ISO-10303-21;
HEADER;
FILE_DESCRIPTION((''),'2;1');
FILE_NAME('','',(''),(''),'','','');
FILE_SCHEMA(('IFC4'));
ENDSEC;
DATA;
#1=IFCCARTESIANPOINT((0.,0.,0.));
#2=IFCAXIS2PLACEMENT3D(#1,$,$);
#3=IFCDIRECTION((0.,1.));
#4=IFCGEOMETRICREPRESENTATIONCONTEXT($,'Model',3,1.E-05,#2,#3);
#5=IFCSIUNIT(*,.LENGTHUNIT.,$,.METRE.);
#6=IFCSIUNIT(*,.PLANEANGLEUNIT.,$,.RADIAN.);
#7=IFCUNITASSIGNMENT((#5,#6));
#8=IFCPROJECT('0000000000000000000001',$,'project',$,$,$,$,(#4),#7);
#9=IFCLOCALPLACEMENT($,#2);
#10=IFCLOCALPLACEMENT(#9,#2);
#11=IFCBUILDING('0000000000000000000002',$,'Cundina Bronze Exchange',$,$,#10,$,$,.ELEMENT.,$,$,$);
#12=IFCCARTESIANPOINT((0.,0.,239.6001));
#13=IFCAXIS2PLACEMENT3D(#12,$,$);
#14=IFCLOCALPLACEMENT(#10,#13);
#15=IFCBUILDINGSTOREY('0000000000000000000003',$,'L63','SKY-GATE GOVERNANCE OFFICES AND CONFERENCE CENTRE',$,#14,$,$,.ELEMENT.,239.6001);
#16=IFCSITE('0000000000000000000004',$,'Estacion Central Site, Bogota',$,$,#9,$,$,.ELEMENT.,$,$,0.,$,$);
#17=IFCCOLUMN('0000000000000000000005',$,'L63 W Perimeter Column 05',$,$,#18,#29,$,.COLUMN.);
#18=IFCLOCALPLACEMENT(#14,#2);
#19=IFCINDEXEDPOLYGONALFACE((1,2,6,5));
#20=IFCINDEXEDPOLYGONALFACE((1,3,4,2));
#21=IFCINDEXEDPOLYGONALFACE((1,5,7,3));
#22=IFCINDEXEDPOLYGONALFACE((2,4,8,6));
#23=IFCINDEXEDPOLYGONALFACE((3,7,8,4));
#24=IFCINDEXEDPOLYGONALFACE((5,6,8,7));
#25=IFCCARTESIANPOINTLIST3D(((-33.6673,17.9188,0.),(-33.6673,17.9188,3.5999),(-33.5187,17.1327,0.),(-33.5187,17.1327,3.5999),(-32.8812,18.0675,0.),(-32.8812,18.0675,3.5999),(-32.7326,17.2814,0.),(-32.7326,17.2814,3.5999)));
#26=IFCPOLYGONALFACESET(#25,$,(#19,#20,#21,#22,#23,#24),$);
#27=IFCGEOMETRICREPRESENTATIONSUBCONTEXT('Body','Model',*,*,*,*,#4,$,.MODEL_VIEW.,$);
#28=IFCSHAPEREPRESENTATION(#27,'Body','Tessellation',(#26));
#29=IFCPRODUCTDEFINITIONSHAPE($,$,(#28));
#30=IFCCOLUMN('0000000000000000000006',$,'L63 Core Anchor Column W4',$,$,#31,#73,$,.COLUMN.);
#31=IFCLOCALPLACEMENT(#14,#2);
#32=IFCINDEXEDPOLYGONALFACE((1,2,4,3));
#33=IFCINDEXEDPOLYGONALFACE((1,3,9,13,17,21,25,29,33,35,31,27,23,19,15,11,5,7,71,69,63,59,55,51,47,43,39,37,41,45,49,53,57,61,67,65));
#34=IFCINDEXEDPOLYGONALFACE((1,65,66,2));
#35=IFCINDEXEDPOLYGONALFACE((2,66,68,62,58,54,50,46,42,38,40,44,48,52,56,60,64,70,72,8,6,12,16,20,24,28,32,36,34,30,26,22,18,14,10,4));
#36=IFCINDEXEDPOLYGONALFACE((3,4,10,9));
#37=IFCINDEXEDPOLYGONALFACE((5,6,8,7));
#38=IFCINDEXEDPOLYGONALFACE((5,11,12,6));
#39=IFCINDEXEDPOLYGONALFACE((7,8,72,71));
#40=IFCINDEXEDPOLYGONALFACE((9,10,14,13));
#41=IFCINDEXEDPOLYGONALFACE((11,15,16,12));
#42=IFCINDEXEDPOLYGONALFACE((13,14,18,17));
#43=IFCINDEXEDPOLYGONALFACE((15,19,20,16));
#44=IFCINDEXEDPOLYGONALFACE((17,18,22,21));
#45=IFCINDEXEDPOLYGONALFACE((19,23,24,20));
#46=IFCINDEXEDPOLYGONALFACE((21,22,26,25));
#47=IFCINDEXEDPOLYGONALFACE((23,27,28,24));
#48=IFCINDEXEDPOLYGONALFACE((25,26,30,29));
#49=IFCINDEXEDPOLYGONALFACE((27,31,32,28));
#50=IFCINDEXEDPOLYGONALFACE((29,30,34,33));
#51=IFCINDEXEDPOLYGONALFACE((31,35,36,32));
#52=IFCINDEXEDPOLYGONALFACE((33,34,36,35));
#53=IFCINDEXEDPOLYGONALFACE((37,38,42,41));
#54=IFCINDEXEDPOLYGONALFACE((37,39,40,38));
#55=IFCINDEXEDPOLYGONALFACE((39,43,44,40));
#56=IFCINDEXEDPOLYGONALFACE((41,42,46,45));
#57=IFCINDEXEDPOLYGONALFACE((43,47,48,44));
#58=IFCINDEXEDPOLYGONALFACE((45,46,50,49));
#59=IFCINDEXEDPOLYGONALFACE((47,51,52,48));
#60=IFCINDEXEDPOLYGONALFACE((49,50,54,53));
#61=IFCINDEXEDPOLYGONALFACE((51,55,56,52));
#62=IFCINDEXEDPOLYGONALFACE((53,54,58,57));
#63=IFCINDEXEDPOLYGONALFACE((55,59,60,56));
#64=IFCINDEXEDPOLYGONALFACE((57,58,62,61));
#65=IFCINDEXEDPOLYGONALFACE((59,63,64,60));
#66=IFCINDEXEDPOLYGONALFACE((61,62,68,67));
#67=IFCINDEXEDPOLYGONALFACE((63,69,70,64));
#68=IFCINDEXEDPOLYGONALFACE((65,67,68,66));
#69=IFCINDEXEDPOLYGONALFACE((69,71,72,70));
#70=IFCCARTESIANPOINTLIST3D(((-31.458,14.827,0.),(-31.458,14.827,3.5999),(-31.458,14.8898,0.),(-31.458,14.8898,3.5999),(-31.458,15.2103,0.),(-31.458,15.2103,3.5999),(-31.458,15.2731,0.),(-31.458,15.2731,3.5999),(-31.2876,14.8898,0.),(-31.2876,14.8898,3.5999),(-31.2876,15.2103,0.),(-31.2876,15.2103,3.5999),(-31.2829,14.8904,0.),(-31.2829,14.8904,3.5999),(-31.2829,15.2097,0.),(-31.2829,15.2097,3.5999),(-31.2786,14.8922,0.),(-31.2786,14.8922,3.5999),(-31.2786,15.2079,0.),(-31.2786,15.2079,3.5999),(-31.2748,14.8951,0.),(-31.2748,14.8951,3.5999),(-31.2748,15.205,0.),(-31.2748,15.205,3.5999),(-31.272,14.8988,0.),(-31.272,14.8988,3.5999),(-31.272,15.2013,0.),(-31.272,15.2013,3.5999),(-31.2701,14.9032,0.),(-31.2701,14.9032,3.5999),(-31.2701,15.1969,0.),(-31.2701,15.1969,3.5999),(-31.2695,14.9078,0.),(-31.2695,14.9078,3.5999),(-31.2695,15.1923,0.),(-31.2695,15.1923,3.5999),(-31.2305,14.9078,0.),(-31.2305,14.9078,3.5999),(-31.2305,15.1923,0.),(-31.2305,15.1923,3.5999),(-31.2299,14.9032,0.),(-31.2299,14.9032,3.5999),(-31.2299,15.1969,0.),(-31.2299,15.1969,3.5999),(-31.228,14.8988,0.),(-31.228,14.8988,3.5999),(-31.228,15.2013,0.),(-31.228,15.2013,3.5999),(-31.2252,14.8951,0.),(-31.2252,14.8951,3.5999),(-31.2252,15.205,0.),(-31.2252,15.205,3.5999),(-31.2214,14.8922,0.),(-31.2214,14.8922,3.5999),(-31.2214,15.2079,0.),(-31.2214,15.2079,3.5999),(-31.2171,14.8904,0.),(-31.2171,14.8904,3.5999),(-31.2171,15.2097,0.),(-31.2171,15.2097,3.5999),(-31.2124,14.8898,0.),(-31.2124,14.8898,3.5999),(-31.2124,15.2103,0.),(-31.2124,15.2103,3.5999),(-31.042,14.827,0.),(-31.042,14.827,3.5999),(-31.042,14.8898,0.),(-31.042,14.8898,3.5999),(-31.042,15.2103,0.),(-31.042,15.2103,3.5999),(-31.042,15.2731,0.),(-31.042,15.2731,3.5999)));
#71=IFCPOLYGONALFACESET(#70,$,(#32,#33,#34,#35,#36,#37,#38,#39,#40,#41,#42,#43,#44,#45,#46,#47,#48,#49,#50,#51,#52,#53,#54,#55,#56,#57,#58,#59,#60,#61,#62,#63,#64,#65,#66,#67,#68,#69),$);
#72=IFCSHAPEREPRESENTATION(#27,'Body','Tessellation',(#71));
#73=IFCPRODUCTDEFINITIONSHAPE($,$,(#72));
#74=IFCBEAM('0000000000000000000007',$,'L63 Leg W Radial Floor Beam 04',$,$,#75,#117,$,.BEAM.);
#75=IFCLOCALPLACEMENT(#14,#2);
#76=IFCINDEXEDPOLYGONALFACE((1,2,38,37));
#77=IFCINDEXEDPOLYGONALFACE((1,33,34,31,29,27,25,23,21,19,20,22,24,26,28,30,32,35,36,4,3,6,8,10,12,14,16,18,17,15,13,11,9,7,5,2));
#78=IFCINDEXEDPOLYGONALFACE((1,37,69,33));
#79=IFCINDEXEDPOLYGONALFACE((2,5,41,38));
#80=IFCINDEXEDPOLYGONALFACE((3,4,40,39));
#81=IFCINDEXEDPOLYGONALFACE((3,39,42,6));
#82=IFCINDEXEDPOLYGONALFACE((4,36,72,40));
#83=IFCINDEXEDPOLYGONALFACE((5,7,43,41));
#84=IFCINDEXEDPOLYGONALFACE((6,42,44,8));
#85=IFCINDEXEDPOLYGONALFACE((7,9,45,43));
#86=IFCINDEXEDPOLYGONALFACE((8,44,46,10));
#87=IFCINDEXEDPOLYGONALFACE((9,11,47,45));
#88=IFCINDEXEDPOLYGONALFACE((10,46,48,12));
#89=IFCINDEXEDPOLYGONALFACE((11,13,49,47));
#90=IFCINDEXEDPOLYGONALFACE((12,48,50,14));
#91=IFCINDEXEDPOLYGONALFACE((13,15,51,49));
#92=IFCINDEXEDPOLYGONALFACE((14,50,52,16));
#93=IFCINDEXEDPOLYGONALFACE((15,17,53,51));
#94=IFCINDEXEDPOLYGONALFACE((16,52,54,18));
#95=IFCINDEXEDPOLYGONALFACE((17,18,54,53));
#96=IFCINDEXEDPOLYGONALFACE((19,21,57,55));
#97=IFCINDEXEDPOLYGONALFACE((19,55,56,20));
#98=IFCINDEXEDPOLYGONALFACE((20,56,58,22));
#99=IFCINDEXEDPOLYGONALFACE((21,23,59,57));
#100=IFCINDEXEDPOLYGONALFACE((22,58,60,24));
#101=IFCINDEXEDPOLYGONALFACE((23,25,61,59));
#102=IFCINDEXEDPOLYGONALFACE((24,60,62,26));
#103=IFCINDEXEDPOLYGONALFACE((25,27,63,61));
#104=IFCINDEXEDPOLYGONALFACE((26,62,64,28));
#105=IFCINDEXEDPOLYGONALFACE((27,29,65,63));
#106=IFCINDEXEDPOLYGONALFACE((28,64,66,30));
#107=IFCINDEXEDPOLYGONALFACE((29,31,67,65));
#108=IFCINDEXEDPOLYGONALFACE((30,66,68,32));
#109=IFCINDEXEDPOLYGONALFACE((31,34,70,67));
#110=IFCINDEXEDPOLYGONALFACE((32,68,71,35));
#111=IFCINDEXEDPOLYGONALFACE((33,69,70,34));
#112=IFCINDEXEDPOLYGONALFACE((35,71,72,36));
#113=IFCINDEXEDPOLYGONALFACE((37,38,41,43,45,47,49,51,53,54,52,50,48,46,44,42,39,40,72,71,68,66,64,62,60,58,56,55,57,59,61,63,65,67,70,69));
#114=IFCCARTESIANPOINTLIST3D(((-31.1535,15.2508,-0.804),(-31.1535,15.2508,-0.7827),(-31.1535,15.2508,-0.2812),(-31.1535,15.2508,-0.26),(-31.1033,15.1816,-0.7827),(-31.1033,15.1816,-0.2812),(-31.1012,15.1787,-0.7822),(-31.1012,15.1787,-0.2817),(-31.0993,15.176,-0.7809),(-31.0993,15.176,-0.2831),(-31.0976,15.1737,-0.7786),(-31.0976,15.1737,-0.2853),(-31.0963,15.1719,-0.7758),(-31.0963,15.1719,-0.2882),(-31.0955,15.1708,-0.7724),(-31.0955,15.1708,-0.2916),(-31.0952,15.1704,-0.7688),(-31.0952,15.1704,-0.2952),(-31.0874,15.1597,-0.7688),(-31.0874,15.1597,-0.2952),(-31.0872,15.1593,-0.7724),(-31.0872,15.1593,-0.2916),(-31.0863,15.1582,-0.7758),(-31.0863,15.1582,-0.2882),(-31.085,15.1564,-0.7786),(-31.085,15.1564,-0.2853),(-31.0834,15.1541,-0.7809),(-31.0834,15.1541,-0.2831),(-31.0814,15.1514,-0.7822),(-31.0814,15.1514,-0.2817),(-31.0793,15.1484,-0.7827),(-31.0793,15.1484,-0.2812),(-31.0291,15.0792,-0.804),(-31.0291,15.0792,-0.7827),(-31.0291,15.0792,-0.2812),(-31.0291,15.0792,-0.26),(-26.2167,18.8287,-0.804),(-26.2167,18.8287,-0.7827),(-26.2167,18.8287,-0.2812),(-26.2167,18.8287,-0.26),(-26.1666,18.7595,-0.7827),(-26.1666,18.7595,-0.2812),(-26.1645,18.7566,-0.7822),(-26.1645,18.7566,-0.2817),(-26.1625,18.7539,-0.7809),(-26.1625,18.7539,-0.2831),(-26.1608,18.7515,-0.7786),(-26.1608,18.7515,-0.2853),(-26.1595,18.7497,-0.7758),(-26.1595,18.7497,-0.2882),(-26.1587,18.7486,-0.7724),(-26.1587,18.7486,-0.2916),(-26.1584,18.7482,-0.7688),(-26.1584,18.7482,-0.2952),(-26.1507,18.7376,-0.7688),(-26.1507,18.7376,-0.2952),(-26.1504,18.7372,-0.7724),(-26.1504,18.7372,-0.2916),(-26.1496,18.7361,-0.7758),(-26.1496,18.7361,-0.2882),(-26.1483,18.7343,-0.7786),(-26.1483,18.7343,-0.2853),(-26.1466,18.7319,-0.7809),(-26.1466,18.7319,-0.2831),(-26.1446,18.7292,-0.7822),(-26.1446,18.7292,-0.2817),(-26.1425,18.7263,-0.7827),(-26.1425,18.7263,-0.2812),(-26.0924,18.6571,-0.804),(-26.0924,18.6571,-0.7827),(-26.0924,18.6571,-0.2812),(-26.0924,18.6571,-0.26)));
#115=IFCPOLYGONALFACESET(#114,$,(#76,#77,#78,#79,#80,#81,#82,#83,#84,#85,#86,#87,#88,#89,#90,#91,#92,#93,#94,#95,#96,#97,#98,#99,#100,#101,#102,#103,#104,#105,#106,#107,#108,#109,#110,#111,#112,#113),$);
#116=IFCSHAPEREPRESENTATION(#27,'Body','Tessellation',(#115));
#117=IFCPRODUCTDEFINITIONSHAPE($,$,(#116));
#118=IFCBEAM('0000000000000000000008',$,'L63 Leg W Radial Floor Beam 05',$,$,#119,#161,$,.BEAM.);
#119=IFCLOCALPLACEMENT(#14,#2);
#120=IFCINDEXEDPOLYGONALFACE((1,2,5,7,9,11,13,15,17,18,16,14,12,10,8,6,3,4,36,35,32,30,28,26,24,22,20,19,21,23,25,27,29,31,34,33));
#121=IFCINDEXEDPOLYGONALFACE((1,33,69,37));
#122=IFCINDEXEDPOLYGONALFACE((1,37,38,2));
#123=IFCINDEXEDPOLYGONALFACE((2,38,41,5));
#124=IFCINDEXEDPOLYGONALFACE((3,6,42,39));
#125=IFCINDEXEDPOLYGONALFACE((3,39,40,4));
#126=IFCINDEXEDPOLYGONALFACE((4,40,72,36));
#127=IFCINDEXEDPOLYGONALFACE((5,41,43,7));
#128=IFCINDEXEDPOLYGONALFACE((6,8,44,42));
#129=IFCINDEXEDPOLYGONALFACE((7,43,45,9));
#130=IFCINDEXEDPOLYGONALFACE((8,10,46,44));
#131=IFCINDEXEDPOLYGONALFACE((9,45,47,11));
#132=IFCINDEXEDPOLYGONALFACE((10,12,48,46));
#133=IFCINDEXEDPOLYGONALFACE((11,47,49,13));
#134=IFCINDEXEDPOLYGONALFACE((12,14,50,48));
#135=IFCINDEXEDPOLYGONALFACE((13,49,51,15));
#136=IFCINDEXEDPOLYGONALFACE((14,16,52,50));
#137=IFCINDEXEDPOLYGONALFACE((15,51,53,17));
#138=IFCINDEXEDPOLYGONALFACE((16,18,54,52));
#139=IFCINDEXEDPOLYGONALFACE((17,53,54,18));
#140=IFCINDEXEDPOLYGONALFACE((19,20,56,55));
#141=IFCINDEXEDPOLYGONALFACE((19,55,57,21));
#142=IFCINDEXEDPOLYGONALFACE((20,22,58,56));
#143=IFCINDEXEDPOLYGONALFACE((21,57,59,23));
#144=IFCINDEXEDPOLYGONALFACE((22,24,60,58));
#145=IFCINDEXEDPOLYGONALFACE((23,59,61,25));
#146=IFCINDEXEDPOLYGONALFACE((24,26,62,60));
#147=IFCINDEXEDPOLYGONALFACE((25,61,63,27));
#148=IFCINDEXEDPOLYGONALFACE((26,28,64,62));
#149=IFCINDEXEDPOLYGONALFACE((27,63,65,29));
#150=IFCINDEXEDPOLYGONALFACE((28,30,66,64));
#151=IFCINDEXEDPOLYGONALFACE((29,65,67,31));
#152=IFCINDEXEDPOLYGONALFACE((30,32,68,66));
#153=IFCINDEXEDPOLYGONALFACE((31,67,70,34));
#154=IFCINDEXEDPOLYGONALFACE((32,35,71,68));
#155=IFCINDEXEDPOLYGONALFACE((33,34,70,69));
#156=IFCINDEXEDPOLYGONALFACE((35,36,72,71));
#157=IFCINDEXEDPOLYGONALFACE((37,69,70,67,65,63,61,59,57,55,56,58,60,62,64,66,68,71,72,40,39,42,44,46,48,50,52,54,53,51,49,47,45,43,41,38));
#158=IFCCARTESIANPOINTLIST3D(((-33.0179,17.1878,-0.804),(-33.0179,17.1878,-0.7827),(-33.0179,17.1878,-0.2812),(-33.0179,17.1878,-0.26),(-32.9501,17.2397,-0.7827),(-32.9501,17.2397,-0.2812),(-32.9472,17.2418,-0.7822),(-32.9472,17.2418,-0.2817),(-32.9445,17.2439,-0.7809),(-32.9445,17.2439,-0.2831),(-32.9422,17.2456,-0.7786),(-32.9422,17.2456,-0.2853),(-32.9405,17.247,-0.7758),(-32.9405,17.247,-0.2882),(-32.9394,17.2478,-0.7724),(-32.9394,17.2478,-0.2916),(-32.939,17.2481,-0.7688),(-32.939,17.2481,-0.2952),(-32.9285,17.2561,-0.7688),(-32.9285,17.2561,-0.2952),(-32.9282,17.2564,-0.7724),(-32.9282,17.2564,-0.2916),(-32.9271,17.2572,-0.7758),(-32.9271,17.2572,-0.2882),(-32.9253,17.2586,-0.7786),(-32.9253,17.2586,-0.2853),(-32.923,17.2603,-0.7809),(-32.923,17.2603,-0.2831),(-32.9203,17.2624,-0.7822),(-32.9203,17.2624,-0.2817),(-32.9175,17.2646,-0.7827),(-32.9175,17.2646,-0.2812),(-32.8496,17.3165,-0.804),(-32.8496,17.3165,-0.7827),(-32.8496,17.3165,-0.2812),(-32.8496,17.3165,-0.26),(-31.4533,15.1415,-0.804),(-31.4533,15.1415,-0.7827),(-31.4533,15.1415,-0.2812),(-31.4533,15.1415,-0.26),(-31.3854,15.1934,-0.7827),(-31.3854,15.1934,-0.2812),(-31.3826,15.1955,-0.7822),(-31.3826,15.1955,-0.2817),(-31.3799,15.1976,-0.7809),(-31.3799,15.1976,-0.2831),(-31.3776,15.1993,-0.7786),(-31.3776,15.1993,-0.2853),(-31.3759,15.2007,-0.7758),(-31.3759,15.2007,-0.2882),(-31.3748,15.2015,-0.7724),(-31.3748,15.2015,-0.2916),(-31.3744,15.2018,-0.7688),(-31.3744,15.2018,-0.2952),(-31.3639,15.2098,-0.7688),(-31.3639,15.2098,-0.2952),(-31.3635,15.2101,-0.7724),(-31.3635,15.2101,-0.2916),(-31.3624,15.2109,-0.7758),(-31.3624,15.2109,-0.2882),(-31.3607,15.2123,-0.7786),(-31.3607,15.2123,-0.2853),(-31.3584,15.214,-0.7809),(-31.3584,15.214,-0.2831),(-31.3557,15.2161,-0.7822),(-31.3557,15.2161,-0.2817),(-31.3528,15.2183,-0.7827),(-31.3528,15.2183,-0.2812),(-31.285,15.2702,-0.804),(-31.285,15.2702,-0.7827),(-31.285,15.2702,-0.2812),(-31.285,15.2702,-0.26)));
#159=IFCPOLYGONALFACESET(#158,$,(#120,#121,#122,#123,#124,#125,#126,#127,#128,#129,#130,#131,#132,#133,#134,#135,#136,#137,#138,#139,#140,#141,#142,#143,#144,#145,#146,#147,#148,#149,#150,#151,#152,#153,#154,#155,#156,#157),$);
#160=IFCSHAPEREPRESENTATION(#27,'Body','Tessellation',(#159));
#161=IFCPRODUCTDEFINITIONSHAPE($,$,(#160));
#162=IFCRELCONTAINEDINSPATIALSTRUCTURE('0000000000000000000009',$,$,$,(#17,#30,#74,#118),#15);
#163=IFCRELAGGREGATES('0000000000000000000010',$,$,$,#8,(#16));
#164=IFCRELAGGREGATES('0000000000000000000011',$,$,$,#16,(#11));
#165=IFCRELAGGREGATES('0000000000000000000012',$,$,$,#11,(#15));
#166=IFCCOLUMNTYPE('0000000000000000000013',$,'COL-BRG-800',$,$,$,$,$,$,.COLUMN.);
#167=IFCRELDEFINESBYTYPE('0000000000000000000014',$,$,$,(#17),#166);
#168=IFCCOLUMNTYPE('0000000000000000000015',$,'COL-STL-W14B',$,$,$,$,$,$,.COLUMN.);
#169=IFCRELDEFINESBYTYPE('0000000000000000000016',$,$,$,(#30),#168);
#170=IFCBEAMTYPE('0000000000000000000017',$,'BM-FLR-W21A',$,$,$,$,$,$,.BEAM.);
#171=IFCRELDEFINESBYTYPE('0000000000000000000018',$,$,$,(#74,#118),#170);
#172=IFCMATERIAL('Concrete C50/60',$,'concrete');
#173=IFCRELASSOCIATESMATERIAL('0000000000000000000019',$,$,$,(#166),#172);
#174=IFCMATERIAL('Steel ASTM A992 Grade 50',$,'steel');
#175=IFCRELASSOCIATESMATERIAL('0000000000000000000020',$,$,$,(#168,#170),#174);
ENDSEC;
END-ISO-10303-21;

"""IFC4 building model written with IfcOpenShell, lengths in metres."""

from ifc_helpers import new_model, si_unit, direction, frame, origin, origin_2d, place, context, subcontext, project, spatial, rectangle, i_section, extrude, material, material_profile, profile_set, type_object, element, save


model = new_model("IFC4")

# Units and contexts
model_context = context("Model", 3, precision=1e-05, world=origin(), true_north=direction((0.0, 1.0)))
body_context = subcontext(model_context, "Body", "Model", "MODEL_VIEW")
ifc_project = project(units=[si_unit("LENGTHUNIT", "METRE"), si_unit("PLANEANGLEUNIT", "RADIAN")], contexts=[model_context])

# Site, building, storey
site_placement = place(None, origin())
site = spatial("IfcSite", under=ifc_project, at=site_placement, Name="Estacion Central Site, Bogota", CompositionType="ELEMENT", RefElevation=0.0)
building_placement = place(site_placement, origin())
building = spatial("IfcBuilding", under=site, at=building_placement, Name="Cundina Bronze Exchange", CompositionType="ELEMENT")
storey_placement = place(building_placement, frame((0.0, 0.0, 239.6001)))
storey = spatial("IfcBuildingStorey", under=building, at=storey_placement, Name="L63", Description="SKY-GATE GOVERNANCE OFFICES AND CONFERENCE CENTRE", CompositionType="ELEMENT", Elevation=239.6001)

# Columns
ifc_material_1 = material(Name="Concrete C50/60", Category="concrete")
ifc_material_profile_1 = material_profile(ifc_material_1, rectangle(XDim=0.8, YDim=0.8, at=origin_2d()), Name="RC800X800", Category="concrete")
ifc_profile_set_1 = profile_set([ifc_material_profile_1], Name="Concrete C50/60")
column_type_1 = type_object("IfcColumnType", Name="COL-BRG-800", PredefinedType="COLUMN", material=ifc_profile_set_1)
column_1_placement = place(storey_placement, frame((-33.2, 17.6001, 0.0), z_axis=(0.0, 0.0, 1.0), x_axis=(-0.98258, -0.185838, 0.0)))
element("IfcColumn", 1, at=column_1_placement, inside=storey, type_object=column_type_1, Name="L63 W Perimeter Column 05", PredefinedType="COLUMN", context=body_context, shape_type="SweptSolid", body=[
    extrude(rectangle(XDim=0.8, YDim=0.8, at=origin_2d()), origin(), (0.0, 0.0, 1.0), 3.5999),
])
ifc_material_2 = material(Name="Steel ASTM A992 Grade 50", Category="steel")
ifc_material_profile_2 = material_profile(ifc_material_2, i_section(OverallWidth=0.416, OverallDepth=0.446, WebThickness=0.0391, FlangeThickness=0.0627, FilletRadius=0.0181, at=origin_2d()), Name="W14X342", Category="steel")
ifc_profile_set_2 = profile_set([ifc_material_profile_2], Name="Steel ASTM A992 Grade 50")
column_type_2 = type_object("IfcColumnType", Name="COL-STL-W14B", PredefinedType="COLUMN", material=ifc_profile_set_2)
column_2_placement = place(storey_placement, frame((-31.25, 15.05, 0.0), z_axis=(0.0, 0.0, 1.0), x_axis=(1.0, 0.0, 0.0)))
element("IfcColumn", 2, at=column_2_placement, inside=storey, type_object=column_type_2, Name="L63 Core Anchor Column W4", PredefinedType="COLUMN", context=body_context, shape_type="SweptSolid", body=[
    extrude(i_section(OverallWidth=0.416, OverallDepth=0.446, WebThickness=0.0391, FlangeThickness=0.0627, FilletRadius=0.0181, at=origin_2d()), origin(), (0.0, 0.0, 1.0), 3.5999),
])

# Beams
ifc_material_profile_3 = material_profile(ifc_material_2, i_section(OverallWidth=0.2119, OverallDepth=0.5439, WebThickness=0.0132, FlangeThickness=0.0212, FilletRadius=0.0139, at=origin_2d()), Name="W21X83", Category="steel")
ifc_profile_set_3 = profile_set([ifc_material_profile_3], Name="Steel ASTM A992 Grade 50")
beam_type_1 = type_object("IfcBeamType", Name="BM-FLR-W21A", PredefinedType="BEAM", material=ifc_profile_set_3)
beam_1_placement = place(storey_placement, frame((-31.0913, 15.165, -0.532), z_axis=(0.80971, 0.58683, 0.0), x_axis=(-0.58683, 0.80971, 0.0)))
element("IfcBeam", 3, at=beam_1_placement, inside=storey, type_object=beam_type_1, Name="L63 Leg W Radial Floor Beam 04", PredefinedType="BEAM", context=body_context, shape_type="SweptSolid", body=[
    extrude(i_section(OverallWidth=0.2119, OverallDepth=0.5439, WebThickness=0.0132, FlangeThickness=0.0212, FilletRadius=0.0139, at=origin_2d()), origin(), (0.0, 0.0, 1.0), 6.0969),
])
beam_2_placement = place(storey_placement, frame((-31.3691, 15.2058, -0.532), z_axis=(-0.607404, 0.794393, 0.0), x_axis=(-0.794393, -0.607404, 0.0)))
element("IfcBeam", 4, at=beam_2_placement, inside=storey, type_object=beam_type_1, Name="L63 Leg W Radial Floor Beam 05", PredefinedType="BEAM", context=body_context, shape_type="SweptSolid", body=[
    extrude(i_section(OverallWidth=0.2119, OverallDepth=0.5439, WebThickness=0.0132, FlangeThickness=0.0212, FilletRadius=0.0139, at=origin_2d()), origin(), (0.0, 0.0, 1.0), 2.5759),
])

save(model, "model.ifc")
